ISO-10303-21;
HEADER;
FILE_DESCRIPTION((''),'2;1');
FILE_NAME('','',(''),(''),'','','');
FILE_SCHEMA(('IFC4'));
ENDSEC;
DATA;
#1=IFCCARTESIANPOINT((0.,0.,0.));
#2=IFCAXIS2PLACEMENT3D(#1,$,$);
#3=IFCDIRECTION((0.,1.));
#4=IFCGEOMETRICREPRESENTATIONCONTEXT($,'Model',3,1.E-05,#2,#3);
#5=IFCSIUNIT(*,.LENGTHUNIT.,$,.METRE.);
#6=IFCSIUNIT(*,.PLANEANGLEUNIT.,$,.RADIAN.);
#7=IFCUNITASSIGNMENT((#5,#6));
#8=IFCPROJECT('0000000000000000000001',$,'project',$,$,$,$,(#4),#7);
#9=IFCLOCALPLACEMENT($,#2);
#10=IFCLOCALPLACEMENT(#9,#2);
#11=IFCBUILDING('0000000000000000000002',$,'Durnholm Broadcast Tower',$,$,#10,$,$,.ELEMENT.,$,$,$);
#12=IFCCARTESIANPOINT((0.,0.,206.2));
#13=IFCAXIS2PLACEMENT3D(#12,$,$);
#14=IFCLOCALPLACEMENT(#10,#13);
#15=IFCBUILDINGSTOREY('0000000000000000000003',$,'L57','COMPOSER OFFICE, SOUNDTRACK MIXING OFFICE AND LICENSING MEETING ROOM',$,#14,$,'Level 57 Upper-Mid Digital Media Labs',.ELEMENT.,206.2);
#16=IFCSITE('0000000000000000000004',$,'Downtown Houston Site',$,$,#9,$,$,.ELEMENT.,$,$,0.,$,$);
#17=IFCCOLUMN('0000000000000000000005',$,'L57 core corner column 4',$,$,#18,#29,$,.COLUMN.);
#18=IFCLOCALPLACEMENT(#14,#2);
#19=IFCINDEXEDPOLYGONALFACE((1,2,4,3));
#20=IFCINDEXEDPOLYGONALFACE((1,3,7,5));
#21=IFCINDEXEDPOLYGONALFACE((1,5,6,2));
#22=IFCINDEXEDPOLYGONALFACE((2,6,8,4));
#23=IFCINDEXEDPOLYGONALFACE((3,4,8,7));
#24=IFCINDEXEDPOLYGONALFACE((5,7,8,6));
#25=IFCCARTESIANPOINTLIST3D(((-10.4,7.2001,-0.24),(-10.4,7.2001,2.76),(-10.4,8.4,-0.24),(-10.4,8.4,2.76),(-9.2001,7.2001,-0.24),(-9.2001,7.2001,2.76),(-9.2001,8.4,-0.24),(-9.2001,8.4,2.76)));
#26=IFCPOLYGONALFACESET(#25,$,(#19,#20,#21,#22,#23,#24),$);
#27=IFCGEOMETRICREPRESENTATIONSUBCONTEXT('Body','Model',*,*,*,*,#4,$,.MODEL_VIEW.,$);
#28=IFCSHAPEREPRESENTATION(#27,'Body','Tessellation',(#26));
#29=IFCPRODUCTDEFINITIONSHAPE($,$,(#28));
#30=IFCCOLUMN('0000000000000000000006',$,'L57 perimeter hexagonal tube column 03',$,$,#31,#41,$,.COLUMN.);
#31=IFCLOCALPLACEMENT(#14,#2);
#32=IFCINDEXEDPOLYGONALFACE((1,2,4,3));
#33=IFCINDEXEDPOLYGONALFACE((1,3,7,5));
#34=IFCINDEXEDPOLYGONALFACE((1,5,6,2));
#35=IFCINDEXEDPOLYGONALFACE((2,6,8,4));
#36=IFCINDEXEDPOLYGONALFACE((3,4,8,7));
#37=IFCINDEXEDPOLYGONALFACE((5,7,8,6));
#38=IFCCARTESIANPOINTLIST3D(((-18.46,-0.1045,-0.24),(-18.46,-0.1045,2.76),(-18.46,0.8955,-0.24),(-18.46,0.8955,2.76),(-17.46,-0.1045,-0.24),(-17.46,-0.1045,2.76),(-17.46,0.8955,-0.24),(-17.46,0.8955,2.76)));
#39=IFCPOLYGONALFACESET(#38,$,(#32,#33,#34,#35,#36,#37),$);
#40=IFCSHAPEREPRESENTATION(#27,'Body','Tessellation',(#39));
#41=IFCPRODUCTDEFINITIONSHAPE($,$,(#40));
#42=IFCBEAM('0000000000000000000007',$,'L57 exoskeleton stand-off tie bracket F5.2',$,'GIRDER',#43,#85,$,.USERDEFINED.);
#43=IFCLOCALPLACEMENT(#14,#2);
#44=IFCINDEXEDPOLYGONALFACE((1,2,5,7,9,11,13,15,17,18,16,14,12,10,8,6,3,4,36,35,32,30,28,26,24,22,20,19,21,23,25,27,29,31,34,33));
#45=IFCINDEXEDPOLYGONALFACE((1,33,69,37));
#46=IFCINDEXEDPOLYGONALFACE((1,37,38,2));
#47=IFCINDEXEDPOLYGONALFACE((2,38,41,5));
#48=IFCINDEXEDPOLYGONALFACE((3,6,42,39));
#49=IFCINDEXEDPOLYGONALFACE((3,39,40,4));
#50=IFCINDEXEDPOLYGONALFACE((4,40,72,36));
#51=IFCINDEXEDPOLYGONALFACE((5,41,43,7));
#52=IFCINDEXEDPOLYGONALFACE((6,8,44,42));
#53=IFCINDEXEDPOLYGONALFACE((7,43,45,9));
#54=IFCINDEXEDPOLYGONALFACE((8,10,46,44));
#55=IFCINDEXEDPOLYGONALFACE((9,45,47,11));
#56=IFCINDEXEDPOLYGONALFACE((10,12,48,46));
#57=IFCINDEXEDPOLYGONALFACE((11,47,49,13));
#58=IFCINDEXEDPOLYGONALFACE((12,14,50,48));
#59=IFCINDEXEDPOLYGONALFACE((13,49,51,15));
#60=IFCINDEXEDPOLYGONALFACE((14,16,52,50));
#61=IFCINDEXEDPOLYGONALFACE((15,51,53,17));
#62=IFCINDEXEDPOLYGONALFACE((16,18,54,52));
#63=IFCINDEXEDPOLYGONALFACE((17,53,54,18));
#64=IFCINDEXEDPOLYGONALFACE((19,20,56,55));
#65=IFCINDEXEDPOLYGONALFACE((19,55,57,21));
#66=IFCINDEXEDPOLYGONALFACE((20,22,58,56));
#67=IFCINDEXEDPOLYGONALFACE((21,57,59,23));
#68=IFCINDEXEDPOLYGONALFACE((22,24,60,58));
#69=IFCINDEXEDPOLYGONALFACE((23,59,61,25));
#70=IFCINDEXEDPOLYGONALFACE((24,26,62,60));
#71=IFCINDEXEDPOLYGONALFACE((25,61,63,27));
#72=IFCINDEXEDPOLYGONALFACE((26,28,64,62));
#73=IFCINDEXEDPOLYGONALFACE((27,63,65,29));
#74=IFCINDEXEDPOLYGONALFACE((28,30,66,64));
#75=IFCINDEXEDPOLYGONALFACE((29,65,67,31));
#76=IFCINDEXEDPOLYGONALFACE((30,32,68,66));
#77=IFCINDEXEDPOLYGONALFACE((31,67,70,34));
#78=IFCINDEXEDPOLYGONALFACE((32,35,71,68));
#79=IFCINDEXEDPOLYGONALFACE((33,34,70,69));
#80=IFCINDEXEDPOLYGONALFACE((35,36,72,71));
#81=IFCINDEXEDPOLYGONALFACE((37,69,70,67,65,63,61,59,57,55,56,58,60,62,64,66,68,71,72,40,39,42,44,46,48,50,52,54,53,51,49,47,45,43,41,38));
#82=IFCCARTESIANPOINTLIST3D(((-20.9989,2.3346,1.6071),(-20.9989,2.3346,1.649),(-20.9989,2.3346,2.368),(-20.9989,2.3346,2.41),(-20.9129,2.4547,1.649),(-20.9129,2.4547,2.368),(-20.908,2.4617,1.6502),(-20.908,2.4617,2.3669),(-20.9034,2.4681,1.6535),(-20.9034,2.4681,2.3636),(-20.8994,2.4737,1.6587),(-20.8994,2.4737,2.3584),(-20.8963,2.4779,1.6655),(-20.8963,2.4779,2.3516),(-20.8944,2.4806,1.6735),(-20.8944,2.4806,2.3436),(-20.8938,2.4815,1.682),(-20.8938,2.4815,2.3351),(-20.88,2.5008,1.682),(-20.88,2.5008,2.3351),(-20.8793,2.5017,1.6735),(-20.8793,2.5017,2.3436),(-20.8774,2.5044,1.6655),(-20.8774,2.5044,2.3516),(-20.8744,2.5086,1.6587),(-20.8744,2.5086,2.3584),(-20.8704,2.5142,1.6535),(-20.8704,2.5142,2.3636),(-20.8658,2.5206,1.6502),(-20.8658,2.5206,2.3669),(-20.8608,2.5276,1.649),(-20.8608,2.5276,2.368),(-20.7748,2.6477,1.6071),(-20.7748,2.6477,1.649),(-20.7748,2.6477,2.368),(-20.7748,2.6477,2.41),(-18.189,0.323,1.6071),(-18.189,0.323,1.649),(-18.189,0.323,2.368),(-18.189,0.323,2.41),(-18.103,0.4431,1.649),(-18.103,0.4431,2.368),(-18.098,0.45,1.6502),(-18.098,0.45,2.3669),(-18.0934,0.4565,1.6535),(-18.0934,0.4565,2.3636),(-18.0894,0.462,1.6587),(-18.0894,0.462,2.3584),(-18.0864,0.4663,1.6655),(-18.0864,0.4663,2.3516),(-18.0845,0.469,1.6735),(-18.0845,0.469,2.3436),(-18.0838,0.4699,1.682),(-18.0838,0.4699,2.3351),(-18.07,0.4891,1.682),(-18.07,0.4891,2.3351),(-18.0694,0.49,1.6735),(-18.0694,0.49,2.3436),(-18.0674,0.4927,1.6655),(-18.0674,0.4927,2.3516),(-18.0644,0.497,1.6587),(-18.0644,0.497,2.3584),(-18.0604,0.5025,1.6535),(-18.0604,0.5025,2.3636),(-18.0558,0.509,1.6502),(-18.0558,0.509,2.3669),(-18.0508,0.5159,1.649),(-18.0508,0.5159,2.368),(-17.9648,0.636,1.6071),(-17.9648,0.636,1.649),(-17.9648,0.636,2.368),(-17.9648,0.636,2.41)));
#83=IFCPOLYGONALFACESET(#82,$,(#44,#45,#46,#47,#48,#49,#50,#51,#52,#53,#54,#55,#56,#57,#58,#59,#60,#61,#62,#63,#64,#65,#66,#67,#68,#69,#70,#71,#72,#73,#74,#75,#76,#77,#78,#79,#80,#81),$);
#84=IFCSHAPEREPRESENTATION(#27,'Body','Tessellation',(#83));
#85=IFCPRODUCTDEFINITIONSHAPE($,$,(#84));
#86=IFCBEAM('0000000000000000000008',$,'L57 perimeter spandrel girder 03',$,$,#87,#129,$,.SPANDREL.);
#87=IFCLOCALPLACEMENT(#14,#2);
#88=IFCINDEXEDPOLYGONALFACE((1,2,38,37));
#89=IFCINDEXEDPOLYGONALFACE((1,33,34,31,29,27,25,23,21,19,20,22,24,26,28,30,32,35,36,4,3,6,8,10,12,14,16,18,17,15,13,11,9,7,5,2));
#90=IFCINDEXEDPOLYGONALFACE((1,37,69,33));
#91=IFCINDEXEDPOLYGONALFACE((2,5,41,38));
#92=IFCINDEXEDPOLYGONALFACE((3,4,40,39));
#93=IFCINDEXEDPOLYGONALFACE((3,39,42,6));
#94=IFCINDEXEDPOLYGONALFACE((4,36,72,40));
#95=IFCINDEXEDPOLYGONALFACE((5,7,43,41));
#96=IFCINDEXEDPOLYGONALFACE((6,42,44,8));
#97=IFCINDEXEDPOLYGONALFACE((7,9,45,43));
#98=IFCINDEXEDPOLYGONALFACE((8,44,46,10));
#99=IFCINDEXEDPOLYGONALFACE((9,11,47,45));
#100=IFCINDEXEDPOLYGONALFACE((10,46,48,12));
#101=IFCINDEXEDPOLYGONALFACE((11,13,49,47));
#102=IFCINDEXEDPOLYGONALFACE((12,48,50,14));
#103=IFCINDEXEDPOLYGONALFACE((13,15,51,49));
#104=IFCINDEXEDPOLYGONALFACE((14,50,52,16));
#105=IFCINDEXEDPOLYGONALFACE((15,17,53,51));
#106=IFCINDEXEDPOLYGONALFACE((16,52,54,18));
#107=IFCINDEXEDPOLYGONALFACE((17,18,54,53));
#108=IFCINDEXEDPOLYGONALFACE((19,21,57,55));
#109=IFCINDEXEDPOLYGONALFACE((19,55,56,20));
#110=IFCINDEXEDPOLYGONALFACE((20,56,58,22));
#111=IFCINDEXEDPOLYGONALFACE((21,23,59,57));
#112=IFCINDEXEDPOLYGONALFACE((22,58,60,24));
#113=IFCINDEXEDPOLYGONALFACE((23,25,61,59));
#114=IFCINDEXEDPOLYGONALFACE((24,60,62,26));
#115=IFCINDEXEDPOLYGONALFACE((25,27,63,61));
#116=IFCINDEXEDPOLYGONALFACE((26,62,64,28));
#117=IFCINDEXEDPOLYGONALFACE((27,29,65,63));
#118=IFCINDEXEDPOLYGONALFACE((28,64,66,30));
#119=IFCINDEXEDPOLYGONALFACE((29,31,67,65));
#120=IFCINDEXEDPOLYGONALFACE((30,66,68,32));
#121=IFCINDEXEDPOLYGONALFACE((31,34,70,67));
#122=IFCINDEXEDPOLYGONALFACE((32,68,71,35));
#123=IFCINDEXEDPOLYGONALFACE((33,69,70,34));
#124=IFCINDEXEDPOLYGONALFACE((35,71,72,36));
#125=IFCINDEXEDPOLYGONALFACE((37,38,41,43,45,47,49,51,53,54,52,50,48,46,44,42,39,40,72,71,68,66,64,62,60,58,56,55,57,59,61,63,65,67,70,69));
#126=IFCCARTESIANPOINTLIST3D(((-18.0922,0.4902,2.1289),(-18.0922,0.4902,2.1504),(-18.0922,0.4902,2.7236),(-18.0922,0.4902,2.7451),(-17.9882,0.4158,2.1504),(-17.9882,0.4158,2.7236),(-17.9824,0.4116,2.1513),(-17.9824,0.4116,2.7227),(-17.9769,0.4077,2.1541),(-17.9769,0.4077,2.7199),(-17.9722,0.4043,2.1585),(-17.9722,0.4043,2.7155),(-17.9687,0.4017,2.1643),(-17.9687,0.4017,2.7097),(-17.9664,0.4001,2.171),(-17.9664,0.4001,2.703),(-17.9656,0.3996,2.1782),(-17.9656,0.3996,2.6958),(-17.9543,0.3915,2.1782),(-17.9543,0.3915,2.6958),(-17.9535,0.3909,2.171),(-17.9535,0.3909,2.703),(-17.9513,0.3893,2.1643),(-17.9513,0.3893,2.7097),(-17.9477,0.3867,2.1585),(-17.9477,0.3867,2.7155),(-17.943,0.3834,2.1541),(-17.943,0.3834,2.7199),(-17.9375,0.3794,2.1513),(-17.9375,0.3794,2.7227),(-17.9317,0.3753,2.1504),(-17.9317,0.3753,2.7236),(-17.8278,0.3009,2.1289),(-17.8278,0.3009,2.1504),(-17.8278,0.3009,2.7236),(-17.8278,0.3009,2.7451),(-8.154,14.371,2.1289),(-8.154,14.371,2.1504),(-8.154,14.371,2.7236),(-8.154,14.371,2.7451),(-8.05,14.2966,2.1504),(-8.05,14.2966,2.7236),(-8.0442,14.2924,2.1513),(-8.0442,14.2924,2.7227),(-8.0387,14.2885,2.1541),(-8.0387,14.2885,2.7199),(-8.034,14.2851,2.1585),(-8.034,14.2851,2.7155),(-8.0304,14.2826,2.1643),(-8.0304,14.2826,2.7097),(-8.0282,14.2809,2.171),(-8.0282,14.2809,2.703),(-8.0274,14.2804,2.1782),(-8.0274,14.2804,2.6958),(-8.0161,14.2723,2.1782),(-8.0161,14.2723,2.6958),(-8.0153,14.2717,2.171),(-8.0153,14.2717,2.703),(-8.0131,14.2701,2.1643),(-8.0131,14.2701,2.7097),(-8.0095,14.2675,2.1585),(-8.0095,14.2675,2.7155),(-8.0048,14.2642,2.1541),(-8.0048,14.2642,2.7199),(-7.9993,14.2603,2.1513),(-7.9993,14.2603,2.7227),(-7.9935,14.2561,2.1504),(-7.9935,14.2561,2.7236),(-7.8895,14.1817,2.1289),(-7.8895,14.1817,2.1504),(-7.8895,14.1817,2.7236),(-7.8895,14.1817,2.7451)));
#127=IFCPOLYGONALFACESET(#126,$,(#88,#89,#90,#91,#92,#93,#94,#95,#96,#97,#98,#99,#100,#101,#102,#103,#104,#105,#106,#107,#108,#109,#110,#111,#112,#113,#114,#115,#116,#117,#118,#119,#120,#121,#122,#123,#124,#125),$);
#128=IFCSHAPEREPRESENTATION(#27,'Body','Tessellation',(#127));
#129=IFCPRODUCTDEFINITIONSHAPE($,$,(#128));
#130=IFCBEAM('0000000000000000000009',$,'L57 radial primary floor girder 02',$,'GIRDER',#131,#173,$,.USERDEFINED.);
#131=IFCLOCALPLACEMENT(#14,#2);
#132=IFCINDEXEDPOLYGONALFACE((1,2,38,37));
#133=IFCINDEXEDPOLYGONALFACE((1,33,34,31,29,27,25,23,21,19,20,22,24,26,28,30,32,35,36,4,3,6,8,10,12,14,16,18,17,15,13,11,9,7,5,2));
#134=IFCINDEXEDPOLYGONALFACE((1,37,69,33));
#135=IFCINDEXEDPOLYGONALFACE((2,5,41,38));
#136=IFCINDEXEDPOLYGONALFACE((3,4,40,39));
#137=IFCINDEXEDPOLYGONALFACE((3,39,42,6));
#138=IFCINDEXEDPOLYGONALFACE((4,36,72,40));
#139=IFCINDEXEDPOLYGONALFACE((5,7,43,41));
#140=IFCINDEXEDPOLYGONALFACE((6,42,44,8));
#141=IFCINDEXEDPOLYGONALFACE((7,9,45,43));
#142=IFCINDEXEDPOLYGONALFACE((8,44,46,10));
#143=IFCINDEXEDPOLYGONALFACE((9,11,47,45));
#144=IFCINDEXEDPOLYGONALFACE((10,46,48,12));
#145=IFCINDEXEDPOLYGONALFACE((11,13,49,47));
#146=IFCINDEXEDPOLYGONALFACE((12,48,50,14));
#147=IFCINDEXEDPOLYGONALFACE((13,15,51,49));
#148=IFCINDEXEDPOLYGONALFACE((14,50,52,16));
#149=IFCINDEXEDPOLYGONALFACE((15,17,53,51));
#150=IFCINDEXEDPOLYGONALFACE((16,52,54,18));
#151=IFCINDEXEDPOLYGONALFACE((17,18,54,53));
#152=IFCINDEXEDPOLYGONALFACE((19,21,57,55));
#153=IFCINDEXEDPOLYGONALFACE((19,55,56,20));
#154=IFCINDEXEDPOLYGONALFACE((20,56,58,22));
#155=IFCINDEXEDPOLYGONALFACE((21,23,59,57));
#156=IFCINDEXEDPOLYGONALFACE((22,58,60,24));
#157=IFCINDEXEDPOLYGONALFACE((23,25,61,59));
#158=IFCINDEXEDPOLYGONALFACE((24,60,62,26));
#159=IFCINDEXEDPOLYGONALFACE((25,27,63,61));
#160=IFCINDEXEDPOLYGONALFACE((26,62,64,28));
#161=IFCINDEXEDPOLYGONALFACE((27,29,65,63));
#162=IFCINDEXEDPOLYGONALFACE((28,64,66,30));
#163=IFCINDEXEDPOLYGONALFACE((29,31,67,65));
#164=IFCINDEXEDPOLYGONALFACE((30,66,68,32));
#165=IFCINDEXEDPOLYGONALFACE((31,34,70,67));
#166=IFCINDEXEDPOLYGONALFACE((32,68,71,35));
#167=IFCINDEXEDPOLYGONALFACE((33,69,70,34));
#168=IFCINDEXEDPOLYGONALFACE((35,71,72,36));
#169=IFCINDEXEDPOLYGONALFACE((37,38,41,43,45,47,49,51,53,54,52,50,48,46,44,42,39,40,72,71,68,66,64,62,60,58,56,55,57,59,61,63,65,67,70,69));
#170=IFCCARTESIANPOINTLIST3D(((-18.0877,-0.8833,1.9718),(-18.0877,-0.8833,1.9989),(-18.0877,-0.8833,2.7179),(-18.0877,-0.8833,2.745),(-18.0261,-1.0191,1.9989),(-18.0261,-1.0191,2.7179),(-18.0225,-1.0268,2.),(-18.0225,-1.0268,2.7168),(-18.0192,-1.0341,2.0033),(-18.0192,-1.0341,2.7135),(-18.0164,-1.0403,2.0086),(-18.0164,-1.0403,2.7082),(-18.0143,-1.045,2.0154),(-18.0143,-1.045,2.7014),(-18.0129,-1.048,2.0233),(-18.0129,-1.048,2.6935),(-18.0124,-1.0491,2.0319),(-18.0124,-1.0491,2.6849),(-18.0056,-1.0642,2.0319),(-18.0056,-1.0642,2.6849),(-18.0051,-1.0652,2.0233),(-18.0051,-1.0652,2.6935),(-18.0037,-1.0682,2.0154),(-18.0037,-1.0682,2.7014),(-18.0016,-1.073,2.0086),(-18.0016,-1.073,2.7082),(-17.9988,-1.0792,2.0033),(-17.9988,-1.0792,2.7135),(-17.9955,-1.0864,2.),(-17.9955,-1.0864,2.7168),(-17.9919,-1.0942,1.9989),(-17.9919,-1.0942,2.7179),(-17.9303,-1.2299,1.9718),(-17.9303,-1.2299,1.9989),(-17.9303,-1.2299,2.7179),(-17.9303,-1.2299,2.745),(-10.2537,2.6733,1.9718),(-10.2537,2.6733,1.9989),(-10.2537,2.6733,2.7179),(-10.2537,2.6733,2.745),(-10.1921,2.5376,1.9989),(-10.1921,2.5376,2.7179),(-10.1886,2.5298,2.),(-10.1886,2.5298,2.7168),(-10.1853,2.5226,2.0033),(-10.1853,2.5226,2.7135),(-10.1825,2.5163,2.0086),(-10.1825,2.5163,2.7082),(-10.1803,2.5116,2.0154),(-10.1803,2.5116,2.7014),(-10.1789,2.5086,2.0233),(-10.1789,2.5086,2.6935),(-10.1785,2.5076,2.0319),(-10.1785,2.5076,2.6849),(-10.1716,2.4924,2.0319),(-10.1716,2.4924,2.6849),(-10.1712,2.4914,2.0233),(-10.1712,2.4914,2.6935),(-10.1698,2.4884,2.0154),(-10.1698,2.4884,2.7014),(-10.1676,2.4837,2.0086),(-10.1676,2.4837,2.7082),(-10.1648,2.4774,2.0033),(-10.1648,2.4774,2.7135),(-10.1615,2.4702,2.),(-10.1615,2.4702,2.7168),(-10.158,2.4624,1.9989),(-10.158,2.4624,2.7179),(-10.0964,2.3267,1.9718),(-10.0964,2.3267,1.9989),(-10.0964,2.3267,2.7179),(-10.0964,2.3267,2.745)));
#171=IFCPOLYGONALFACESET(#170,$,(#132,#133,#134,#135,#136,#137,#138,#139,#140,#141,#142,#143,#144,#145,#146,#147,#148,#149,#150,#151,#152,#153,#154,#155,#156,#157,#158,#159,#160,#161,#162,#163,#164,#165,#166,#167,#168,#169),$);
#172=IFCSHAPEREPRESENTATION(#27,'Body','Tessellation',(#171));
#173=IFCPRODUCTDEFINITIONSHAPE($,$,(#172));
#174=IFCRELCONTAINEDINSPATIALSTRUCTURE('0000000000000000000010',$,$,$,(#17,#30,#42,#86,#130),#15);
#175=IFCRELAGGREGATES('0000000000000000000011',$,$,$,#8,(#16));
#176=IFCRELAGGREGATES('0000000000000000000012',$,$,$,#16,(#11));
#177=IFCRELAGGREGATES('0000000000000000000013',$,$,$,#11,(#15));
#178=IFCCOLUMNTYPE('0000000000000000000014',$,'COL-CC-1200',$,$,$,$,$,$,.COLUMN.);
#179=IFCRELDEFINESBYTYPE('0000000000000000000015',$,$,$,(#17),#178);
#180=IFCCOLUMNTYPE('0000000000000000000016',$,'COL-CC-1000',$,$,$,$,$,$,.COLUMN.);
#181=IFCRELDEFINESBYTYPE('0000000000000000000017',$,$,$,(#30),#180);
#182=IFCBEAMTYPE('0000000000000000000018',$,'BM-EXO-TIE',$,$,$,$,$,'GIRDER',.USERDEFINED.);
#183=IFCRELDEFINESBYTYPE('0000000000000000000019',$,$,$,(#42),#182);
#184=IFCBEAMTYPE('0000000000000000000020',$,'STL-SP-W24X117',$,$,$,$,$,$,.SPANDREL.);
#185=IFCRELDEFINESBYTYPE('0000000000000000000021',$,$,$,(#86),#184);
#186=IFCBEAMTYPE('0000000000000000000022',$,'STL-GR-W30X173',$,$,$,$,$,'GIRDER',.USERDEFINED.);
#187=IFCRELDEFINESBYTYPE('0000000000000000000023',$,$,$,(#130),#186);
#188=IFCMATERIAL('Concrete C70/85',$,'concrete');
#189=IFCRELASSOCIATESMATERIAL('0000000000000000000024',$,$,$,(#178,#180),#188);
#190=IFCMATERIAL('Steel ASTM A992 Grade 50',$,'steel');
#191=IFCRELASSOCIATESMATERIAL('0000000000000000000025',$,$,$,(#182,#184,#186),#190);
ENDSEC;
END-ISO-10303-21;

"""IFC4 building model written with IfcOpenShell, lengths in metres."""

from ifc_helpers import new_model, si_unit, direction, frame, origin, origin_2d, place, context, subcontext, project, spatial, rectangle, i_section, extrude, source, transform, mapped, material, material_profile, profile_set, type_object, type_shapes, element, save


model = new_model("IFC4")

# Units and contexts
model_context = context("Model", 3, precision=1e-05, world=origin(), true_north=direction((0.0, 1.0)))
body_context = subcontext(model_context, "Body", "Model", "MODEL_VIEW")
ifc_project = project(units=[si_unit("LENGTHUNIT", "METRE"), si_unit("PLANEANGLEUNIT", "RADIAN")], contexts=[model_context])

# Site, building, storey
site_placement = place(None, origin())
site = spatial("IfcSite", under=ifc_project, at=site_placement, Name="Downtown Houston Site", CompositionType="ELEMENT", RefElevation=0.0)
building_placement = place(site_placement, origin())
building = spatial("IfcBuilding", under=site, at=building_placement, Name="Durnholm Broadcast Tower", CompositionType="ELEMENT")
storey_placement = place(building_placement, frame((0.0, 0.0, 206.2)))
storey = spatial("IfcBuildingStorey", under=building, at=storey_placement, Name="L57", Description="COMPOSER OFFICE, SOUNDTRACK MIXING OFFICE AND LICENSING MEETING ROOM", LongName="Level 57 Upper-Mid Digital Media Labs", CompositionType="ELEMENT", Elevation=206.2)

# Columns
ifc_material_1 = material(Name="Concrete C70/85", Category="concrete")
ifc_material_profile_1 = material_profile(ifc_material_1, rectangle(XDim=1.2, YDim=1.2, at=origin_2d()), Name="RC1200X1200")
ifc_profile_set_1 = profile_set([ifc_material_profile_1], Name="Concrete C70/85")
column_type_1 = type_object("IfcColumnType", Name="COL-CC-1200", PredefinedType="COLUMN", material=ifc_profile_set_1)
shared_shape_1 = source(origin(), body_context, "Body", "SweptSolid", [
    extrude(rectangle(XDim=1.2, YDim=1.2, at=origin_2d()), origin(), (0.0, 0.0, 1.0), 3.0),
])
type_shapes(column_type_1, [shared_shape_1])
column_1_placement = place(storey_placement, frame((-9.8, 7.8, -0.24), z_axis=(0.0, 0.0, 1.0), x_axis=(1.0, 0.0, 0.0)))
element("IfcColumn", 1, at=column_1_placement, inside=storey, type_object=column_type_1, Name="L57 core corner column 4", PredefinedType="COLUMN", context=body_context, shape_type="MappedRepresentation", body=[
    mapped(shared_shape_1, transform((0.0, 0.0, 0.0), x_axis=(1.0, 0.0, 0.0), y_axis=(0.0, 1.0, 0.0), z_axis=(0.0, 0.0, 1.0), scale=1.0)),
])
ifc_material_profile_2 = material_profile(ifc_material_1, rectangle(XDim=1.0, YDim=1.0, at=origin_2d()), Name="RC1000X1000")
ifc_profile_set_2 = profile_set([ifc_material_profile_2], Name="Concrete C70/85")
column_type_2 = type_object("IfcColumnType", Name="COL-CC-1000", PredefinedType="COLUMN", material=ifc_profile_set_2)
shared_shape_2 = source(origin(), body_context, "Body", "SweptSolid", [
    extrude(rectangle(XDim=1.0, YDim=1.0, at=origin_2d()), origin(), (0.0, 0.0, 1.0), 3.0),
])
type_shapes(column_type_2, [shared_shape_2])
column_2_placement = place(storey_placement, frame((-17.96, 0.3955, -0.24), z_axis=(0.0, 0.0, 1.0), x_axis=(1.0, 0.0, 0.0)))
element("IfcColumn", 2, at=column_2_placement, inside=storey, type_object=column_type_2, Name="L57 perimeter hexagonal tube column 03", PredefinedType="COLUMN", context=body_context, shape_type="MappedRepresentation", body=[
    mapped(shared_shape_2, transform((0.0, 0.0, 0.0), x_axis=(1.0, 0.0, 0.0), y_axis=(0.0, 1.0, 0.0), z_axis=(0.0, 0.0, 1.0), scale=1.0)),
])

# Beams
ifc_material_2 = material(Name="Steel ASTM A992 Grade 50", Category="steel")
ifc_material_profile_3 = material_profile(ifc_material_2, i_section(OverallWidth=0.385, OverallDepth=0.803, WebThickness=0.0237, FlangeThickness=0.042, FilletRadius=0.033, at=origin_2d()), Name="W30X261")
ifc_profile_set_3 = profile_set([ifc_material_profile_3], Name="Steel ASTM A992 Grade 50")
beam_type_1 = type_object("IfcBeamType", Name="BM-EXO-TIE", ElementType="GIRDER", PredefinedType="USERDEFINED", material=ifc_profile_set_3)
shared_shape_3 = source(origin(), body_context, "Body", "SweptSolid", [
    extrude(i_section(OverallWidth=0.385, OverallDepth=0.803, WebThickness=0.0237, FlangeThickness=0.042, FilletRadius=0.033, at=origin_2d()), origin(), (0.0, 0.0, 1.0), 3.4558),
])
type_shapes(beam_type_1, [shared_shape_3])
beam_1_placement = place(storey_placement, frame((-18.0769, 0.4795, 2.0085), z_axis=(-0.813112, 0.582107, 0.0), x_axis=(-0.582107, -0.813112, 0.0)))
element("IfcBeam", 3, at=beam_1_placement, inside=storey, type_object=beam_type_1, Name="L57 exoskeleton stand-off tie bracket F5.2", ObjectType="GIRDER", PredefinedType="USERDEFINED", context=body_context, shape_type="MappedRepresentation", body=[
    mapped(shared_shape_3, transform((0.0, 0.0, 0.0), x_axis=(1.0, 0.0, 0.0), y_axis=(0.0, 1.0, 0.0), z_axis=(0.0, 0.0, 1.0), scale=1.0)),
])
ifc_material_profile_4 = material_profile(ifc_material_2, i_section(OverallWidth=0.3252, OverallDepth=0.6162, WebThickness=0.0139, FlangeThickness=0.0215, FilletRadius=0.0278, at=origin_2d()), Name="W24X117")
ifc_profile_set_4 = profile_set([ifc_material_profile_4], Name="Steel ASTM A992 Grade 50")
beam_type_2 = type_object("IfcBeamType", Name="STL-SP-W24X117", PredefinedType="SPANDREL", material=ifc_profile_set_4)
shared_shape_4 = source(origin(), body_context, "Body", "SweptSolid", [
    extrude(i_section(OverallWidth=0.3252, OverallDepth=0.6162, WebThickness=0.0139, FlangeThickness=0.0215, FilletRadius=0.0278, at=origin_2d()), origin(), (0.0, 0.0, 1.0), 17.0718),
])
type_shapes(beam_type_2, [shared_shape_4])
beam_2_placement = place(storey_placement, frame((-17.96, 0.3955, 2.437), z_axis=(0.582143, 0.813087, 0.0), x_axis=(-0.813087, 0.582143, 0.0)))
element("IfcBeam", 4, at=beam_2_placement, inside=storey, type_object=beam_type_2, Name="L57 perimeter spandrel girder 03", PredefinedType="SPANDREL", context=body_context, shape_type="MappedRepresentation", body=[
    mapped(shared_shape_4, transform((0.0, 0.0, 0.0), x_axis=(1.0, 0.0, 0.0), y_axis=(0.0, 1.0, 0.0), z_axis=(0.0, 0.0, 1.0), scale=1.0)),
])
ifc_material_profile_5 = material_profile(ifc_material_2, i_section(OverallWidth=0.3806, OverallDepth=0.7732, WebThickness=0.0166, FlangeThickness=0.0271, FilletRadius=0.033, at=origin_2d()), Name="W30X173")
ifc_profile_set_5 = profile_set([ifc_material_profile_5], Name="Steel ASTM A992 Grade 50")
beam_type_3 = type_object("IfcBeamType", Name="STL-GR-W30X173", ElementType="GIRDER", PredefinedType="USERDEFINED", material=ifc_profile_set_5)
shared_shape_5 = source(origin(), body_context, "Body", "SweptSolid", [
    extrude(i_section(OverallWidth=0.3806, OverallDepth=0.7732, WebThickness=0.0166, FlangeThickness=0.0271, FilletRadius=0.033, at=origin_2d()), origin(), (0.0, 0.0, 1.0), 8.6035),
])
beam_3_placement = place(storey_placement, frame((-10.175, 2.5, 2.3584), z_axis=(-0.910553, -0.413392, 0.0), x_axis=(0.413392, -0.910553, 0.0)))
element("IfcBeam", 5, at=beam_3_placement, inside=storey, type_object=beam_type_3, Name="L57 radial primary floor girder 02", ObjectType="GIRDER", PredefinedType="USERDEFINED", context=body_context, shape_type="MappedRepresentation", body=[
    mapped(shared_shape_5, transform((0.0, 0.0, 0.0), x_axis=(1.0, 0.0, 0.0), y_axis=(0.0, 1.0, 0.0), z_axis=(0.0, 0.0, 1.0), scale=1.0)),
])

save(model, "model.ifc")
